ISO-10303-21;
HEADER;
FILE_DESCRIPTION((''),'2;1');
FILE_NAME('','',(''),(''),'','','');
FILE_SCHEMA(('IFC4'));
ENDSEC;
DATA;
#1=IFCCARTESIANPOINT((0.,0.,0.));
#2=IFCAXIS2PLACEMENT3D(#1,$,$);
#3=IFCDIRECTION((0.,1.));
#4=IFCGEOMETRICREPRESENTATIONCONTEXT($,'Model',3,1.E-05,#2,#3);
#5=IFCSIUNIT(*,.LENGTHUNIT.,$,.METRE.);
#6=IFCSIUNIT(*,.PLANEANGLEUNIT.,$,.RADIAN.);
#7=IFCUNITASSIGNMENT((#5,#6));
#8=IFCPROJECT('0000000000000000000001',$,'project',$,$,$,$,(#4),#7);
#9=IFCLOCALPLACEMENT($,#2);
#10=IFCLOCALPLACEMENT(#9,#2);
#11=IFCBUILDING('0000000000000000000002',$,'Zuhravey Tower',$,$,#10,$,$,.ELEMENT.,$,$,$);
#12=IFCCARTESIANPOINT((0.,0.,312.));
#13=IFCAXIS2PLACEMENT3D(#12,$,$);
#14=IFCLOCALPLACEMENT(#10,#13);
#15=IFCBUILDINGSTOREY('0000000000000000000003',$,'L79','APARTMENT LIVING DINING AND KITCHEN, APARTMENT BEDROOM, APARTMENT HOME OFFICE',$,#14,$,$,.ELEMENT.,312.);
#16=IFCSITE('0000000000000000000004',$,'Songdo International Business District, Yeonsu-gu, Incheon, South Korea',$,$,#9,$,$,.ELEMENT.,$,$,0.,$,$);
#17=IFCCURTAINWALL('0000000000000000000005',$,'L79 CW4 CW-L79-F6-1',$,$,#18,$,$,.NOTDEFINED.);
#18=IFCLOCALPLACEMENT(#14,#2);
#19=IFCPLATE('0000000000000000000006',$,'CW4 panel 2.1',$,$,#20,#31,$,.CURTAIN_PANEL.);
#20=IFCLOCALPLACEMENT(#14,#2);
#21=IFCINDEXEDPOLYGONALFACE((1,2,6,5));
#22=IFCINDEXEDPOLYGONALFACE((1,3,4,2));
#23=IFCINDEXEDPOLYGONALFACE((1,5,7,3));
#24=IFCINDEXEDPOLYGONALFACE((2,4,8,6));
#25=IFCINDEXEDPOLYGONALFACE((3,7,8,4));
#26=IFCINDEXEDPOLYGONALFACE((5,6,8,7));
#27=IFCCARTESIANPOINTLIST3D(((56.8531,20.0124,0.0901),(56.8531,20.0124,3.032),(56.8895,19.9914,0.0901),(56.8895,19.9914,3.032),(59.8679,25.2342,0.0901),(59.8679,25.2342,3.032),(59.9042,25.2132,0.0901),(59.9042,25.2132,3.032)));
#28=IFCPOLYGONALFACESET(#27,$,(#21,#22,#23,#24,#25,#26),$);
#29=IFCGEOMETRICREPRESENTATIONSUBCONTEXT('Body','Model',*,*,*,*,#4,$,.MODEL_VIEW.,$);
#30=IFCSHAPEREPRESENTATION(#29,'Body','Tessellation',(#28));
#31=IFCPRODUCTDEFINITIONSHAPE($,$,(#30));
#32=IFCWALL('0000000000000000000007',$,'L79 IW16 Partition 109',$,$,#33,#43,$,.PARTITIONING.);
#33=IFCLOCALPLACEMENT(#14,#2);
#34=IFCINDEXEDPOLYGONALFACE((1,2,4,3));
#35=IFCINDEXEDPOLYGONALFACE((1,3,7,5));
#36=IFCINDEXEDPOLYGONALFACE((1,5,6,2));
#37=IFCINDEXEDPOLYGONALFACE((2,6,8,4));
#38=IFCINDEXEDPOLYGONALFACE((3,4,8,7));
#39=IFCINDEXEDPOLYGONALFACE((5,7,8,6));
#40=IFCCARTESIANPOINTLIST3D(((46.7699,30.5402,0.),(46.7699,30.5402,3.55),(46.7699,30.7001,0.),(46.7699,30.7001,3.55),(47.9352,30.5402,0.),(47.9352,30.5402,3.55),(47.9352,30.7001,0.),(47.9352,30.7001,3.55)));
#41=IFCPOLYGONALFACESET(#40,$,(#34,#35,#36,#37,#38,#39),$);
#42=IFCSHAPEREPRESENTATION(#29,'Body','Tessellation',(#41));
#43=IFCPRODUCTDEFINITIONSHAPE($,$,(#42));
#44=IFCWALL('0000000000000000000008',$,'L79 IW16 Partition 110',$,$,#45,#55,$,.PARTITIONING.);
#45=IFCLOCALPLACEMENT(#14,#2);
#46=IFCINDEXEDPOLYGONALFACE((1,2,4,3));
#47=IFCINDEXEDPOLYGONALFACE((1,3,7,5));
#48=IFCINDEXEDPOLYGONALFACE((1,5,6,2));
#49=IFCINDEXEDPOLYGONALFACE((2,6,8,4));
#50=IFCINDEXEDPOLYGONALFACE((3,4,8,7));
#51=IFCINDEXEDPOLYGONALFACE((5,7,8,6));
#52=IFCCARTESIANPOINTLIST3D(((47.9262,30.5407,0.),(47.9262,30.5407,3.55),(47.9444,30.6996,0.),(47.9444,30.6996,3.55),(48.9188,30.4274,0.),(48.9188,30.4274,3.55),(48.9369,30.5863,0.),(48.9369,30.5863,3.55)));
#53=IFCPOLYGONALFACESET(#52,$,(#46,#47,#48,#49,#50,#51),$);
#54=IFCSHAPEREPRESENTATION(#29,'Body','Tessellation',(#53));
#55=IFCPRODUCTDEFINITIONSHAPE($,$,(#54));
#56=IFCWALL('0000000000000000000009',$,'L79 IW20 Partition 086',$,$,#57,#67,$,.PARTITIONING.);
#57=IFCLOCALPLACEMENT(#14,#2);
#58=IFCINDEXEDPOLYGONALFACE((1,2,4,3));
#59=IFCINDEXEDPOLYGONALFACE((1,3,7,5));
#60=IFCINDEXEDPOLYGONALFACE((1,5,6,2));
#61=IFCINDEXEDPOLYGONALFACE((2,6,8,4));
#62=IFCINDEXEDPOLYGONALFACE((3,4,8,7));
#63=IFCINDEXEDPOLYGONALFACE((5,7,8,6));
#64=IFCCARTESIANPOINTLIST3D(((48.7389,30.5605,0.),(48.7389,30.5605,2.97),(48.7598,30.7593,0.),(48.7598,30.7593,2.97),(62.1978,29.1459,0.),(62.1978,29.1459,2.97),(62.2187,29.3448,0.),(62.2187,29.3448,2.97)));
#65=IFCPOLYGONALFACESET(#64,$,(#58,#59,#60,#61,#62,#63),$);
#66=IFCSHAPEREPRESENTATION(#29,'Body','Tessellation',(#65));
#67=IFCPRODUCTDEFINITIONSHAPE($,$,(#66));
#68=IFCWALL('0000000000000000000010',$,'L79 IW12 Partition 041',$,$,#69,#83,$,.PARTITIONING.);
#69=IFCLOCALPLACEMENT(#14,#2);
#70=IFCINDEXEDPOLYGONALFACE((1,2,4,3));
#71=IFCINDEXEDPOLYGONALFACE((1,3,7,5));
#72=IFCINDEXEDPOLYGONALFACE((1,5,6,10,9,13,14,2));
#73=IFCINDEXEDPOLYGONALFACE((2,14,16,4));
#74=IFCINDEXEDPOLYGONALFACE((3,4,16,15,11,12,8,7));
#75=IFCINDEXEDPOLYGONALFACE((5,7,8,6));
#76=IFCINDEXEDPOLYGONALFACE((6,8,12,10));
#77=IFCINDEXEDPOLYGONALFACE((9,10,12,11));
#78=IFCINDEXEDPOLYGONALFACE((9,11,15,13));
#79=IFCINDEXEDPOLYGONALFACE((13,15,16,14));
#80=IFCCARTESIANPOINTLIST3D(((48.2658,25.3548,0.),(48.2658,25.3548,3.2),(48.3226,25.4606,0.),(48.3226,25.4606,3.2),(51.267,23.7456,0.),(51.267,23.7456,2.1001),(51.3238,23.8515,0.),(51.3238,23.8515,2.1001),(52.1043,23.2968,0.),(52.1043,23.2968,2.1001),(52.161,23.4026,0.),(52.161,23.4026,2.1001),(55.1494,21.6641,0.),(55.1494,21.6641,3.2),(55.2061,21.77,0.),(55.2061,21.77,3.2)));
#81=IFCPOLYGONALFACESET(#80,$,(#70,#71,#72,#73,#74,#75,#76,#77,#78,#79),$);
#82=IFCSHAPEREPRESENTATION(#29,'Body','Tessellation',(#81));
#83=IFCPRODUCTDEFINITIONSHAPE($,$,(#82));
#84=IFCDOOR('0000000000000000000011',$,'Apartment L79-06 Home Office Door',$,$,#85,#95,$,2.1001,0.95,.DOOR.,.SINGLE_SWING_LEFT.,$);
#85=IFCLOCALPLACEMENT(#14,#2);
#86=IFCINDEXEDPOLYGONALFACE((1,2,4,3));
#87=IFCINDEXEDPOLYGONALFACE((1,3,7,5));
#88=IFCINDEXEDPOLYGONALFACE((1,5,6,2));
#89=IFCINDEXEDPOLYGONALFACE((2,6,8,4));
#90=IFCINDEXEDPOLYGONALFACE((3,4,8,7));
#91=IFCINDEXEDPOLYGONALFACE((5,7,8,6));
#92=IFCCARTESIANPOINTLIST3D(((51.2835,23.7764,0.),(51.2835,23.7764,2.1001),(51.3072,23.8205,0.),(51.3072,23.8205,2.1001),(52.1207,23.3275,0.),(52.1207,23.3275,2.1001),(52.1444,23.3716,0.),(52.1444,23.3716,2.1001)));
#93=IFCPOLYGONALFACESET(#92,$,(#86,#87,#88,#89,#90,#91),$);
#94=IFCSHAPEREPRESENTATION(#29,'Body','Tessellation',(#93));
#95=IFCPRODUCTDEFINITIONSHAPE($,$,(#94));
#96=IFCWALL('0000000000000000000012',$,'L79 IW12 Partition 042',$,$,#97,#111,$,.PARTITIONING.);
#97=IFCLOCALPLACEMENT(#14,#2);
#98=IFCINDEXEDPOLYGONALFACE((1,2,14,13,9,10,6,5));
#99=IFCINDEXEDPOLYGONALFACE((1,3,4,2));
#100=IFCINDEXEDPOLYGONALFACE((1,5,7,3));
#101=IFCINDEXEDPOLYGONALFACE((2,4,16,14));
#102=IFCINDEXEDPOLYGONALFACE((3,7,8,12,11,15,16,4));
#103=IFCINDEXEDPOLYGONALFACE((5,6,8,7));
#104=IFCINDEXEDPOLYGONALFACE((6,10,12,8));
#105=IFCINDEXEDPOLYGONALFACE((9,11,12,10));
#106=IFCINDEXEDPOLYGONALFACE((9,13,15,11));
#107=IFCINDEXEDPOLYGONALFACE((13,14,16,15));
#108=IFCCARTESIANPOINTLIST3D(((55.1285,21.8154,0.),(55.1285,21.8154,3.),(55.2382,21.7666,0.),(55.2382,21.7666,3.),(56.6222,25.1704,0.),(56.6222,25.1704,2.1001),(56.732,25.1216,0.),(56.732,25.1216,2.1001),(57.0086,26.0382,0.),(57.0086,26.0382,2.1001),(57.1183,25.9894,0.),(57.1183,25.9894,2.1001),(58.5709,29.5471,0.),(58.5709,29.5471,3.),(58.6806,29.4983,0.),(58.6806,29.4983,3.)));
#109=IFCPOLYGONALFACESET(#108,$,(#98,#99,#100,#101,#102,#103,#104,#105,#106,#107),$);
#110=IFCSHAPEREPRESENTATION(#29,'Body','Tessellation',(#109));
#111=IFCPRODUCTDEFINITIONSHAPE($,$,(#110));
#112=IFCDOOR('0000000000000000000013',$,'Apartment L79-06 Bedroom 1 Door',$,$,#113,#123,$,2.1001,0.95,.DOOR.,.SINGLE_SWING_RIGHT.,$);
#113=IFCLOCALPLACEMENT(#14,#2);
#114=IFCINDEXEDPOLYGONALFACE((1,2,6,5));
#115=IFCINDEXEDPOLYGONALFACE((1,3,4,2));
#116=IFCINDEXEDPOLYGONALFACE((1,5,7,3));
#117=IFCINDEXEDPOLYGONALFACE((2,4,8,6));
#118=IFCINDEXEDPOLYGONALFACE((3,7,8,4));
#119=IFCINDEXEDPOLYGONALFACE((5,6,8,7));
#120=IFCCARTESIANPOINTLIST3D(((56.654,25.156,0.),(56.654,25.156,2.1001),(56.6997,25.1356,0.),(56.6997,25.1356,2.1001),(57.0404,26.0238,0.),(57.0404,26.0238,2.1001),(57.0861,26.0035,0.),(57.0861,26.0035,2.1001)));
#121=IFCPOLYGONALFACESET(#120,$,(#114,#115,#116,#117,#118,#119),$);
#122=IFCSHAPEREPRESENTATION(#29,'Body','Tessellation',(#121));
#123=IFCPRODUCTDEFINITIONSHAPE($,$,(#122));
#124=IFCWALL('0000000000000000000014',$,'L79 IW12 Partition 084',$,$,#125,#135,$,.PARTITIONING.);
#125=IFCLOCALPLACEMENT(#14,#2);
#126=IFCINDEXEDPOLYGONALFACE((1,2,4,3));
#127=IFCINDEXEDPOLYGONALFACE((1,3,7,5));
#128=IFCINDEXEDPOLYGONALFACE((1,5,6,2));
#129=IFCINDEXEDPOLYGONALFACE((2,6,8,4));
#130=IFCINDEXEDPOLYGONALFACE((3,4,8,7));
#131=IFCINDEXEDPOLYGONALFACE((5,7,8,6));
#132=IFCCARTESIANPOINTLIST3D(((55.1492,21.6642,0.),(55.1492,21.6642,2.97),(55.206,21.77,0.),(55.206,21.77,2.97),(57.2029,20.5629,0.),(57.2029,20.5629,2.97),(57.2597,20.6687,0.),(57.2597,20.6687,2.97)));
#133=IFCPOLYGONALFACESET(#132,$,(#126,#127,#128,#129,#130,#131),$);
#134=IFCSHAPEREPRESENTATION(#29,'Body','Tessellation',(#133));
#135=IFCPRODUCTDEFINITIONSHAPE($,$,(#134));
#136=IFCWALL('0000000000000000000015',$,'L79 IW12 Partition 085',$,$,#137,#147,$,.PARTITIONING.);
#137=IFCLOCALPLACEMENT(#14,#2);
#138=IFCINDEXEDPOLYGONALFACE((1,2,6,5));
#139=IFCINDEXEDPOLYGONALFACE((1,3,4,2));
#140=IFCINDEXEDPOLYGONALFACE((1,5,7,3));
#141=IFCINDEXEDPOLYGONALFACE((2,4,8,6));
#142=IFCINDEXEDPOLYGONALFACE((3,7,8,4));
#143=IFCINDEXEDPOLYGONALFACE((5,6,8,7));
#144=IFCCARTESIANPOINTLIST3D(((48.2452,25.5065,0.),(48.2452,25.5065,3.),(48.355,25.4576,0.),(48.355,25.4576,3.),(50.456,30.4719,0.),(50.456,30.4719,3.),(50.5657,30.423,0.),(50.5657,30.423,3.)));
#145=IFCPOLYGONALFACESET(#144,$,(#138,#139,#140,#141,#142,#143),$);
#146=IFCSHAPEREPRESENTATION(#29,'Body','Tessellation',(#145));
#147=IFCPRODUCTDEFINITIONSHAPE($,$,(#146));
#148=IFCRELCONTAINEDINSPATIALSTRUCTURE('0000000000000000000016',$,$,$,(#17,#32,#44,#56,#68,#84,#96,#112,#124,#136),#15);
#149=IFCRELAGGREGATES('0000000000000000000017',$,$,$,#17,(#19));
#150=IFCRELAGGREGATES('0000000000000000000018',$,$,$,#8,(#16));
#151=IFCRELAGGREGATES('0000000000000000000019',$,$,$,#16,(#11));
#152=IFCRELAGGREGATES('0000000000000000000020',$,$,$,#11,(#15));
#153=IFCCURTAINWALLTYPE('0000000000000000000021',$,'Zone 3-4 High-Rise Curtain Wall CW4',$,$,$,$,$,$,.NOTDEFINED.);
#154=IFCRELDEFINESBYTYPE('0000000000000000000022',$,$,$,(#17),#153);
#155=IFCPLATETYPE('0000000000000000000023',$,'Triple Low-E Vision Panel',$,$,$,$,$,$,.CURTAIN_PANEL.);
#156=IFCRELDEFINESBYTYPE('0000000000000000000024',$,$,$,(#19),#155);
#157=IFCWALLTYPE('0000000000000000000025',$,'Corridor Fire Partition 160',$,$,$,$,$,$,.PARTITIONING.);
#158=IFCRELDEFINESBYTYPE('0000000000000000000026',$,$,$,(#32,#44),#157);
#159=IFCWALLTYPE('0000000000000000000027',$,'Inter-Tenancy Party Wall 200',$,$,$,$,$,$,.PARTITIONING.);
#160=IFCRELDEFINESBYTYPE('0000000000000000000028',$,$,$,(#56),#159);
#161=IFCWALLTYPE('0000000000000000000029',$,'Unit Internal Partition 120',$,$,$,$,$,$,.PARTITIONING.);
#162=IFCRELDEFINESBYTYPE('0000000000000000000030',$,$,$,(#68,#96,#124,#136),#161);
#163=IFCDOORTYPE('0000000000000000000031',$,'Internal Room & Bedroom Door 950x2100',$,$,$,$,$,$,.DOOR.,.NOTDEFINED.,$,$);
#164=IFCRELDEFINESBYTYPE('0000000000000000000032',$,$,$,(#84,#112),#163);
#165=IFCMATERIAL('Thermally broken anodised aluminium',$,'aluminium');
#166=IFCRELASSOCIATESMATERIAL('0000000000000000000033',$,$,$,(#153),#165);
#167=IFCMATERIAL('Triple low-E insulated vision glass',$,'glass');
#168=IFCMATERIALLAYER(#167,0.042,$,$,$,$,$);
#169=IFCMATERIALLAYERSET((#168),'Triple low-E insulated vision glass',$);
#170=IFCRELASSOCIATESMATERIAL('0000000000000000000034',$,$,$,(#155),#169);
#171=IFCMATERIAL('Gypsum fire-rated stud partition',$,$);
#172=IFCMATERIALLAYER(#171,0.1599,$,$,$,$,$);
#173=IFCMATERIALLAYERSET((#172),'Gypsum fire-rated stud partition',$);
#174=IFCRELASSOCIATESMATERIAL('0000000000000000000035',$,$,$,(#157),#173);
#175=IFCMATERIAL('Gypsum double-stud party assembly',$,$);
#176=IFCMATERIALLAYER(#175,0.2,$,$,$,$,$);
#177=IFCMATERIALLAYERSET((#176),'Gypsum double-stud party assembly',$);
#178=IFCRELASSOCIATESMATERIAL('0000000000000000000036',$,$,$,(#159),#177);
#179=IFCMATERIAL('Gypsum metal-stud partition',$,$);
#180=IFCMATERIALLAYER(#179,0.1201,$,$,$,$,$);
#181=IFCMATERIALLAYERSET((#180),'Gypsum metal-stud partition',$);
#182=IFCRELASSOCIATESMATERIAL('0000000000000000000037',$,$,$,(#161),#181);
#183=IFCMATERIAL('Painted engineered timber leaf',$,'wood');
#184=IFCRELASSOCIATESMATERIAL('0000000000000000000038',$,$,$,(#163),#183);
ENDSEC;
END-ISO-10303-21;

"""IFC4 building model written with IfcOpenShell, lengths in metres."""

from ifc_helpers import new_model, si_unit, direction, frame, frame_2d, origin, origin_2d, place, context, subcontext, project, spatial, rectangle, extrude, material, layer, layer_set, type_object, element, fill, aggregate, save


model = new_model("IFC4")

# Units and contexts
model_context = context("Model", 3, precision=1e-05, world=origin(), true_north=direction((0.0, 1.0)))
body_context = subcontext(model_context, "Body", "Model", "MODEL_VIEW")
ifc_project = project(units=[si_unit("LENGTHUNIT", "METRE"), si_unit("PLANEANGLEUNIT", "RADIAN")], contexts=[model_context])

# Site, building, storey
site_placement = place(None, origin())
site = spatial("IfcSite", under=ifc_project, at=site_placement, Name="Songdo International Business District, Yeonsu-gu, Incheon, South Korea", CompositionType="ELEMENT", RefElevation=0.0)
building_placement = place(site_placement, origin())
building = spatial("IfcBuilding", under=site, at=building_placement, Name="Zuhravey Tower", CompositionType="ELEMENT")
storey_placement = place(building_placement, frame((0.0, 0.0, 312.0)))
storey = spatial("IfcBuildingStorey", under=building, at=storey_placement, Name="L79", Description="APARTMENT LIVING DINING AND KITCHEN, APARTMENT BEDROOM, APARTMENT HOME OFFICE", CompositionType="ELEMENT", Elevation=312.0)

# Curtain wall
ifc_material_1 = material(Name="Thermally broken anodised aluminium", Category="aluminium")
curtain_wall_type = type_object("IfcCurtainWallType", Name="Zone 3-4 High-Rise Curtain Wall CW4", PredefinedType="NOTDEFINED", material=ifc_material_1)
curtain_wall_placement = place(storey_placement, origin())
curtain_wall = element("IfcCurtainWall", 1, at=curtain_wall_placement, inside=storey, type_object=curtain_wall_type, Name="L79 CW4 CW-L79-F6-1", PredefinedType="NOTDEFINED")

# Plate
ifc_material_2 = material(Name="Triple low-E insulated vision glass", Category="glass")
ifc_layer_1 = layer(ifc_material_2, 0.042)
ifc_layer_set_1 = layer_set([ifc_layer_1], Name="Triple low-E insulated vision glass")
plate_type = type_object("IfcPlateType", Name="Triple Low-E Vision Panel", PredefinedType="CURTAIN_PANEL", material=ifc_layer_set_1)
plate_1_placement = place(storey_placement, frame((58.3787, 22.6128, 0.0901), z_axis=(0.0, 0.0, 1.0), x_axis=(-0.5, -0.866026, 0.0)))
plate_1 = element("IfcPlate", 2, at=plate_1_placement, type_object=plate_type, Name="CW4 panel 2.1", PredefinedType="CURTAIN_PANEL", context=body_context, shape_type="SweptSolid", body=[
    extrude(rectangle(XDim=6.0295, YDim=0.042, at=origin_2d()), origin(), (0.0, 0.0, 1.0), 2.9419),
])
aggregate(curtain_wall, [plate_1])

# Shared definitions
ifc_material_3 = material(Name="Gypsum fire-rated stud partition")
ifc_layer_2 = layer(ifc_material_3, 0.1599)
ifc_layer_set_2 = layer_set([ifc_layer_2], Name="Gypsum fire-rated stud partition")
wall_type_1 = type_object("IfcWallType", Name="Corridor Fire Partition 160", PredefinedType="PARTITIONING", material=ifc_layer_set_2)

# Walls
wall_1_placement = place(storey_placement, frame((46.77, 30.6201, 0.0), z_axis=(0.0, 0.0, 1.0), x_axis=(1.0, 0.0, 0.0)))
element("IfcWall", 3, at=wall_1_placement, inside=storey, type_object=wall_type_1, Name="L79 IW16 Partition 109", PredefinedType="PARTITIONING", context=body_context, shape_type="SweptSolid", body=[
    extrude(rectangle(XDim=1.1653, YDim=0.1599, at=frame_2d((0.5825, 0.0))), origin(), (0.0, 0.0, 1.0), 3.55),
])
wall_2_placement = place(storey_placement, frame((47.9353, 30.6201, 0.0), z_axis=(0.0, 0.0, 1.0), x_axis=(0.993552, -0.113381, 0.0)))
element("IfcWall", 4, at=wall_2_placement, inside=storey, type_object=wall_type_1, Name="L79 IW16 Partition 110", PredefinedType="PARTITIONING", context=body_context, shape_type="SweptSolid", body=[
    extrude(rectangle(XDim=0.999, YDim=0.1599, at=frame_2d((0.4995, 0.0))), origin(), (0.0, 0.0, 1.0), 3.55),
])
ifc_material_4 = material(Name="Gypsum double-stud party assembly")
ifc_layer_3 = layer(ifc_material_4, 0.2)
ifc_layer_set_3 = layer_set([ifc_layer_3], Name="Gypsum double-stud party assembly")
wall_type_2 = type_object("IfcWallType", Name="Inter-Tenancy Party Wall 200", PredefinedType="PARTITIONING", material=ifc_layer_set_3)
wall_3_placement = place(storey_placement, frame((48.7493, 30.6599, 0.0), z_axis=(0.0, 0.0, 1.0), x_axis=(0.994522, -0.104527, 0.0)))
element("IfcWall", 5, at=wall_3_placement, inside=storey, type_object=wall_type_2, Name="L79 IW20 Partition 086", PredefinedType="PARTITIONING", context=body_context, shape_type="SweptSolid", body=[
    extrude(rectangle(XDim=13.533, YDim=0.2, at=frame_2d((6.7666, 0.0))), origin(), (0.0, 0.0, 1.0), 2.97),
])

# Walls, openings, doors
ifc_material_5 = material(Name="Gypsum metal-stud partition")
ifc_layer_4 = layer(ifc_material_5, 0.1201)
ifc_layer_set_4 = layer_set([ifc_layer_4], Name="Gypsum metal-stud partition")
wall_type_3 = type_object("IfcWallType", Name="Unit Internal Partition 120", PredefinedType="PARTITIONING", material=ifc_layer_set_4)
wall_4_placement = place(storey_placement, frame((48.2942, 25.4077, 0.0), z_axis=(0.0, 0.0, 1.0), x_axis=(0.881317, -0.472526, 0.0)))
wall_4 = element("IfcWall", 6, at=wall_4_placement, inside=storey, type_object=wall_type_3, Name="L79 IW12 Partition 041", PredefinedType="PARTITIONING", context=body_context, shape_type="SweptSolid", body=[
    extrude(rectangle(XDim=7.8105, YDim=0.1201, at=frame_2d((3.9053, 0.0))), origin(), (0.0, 0.0, 1.0), 3.2),
])
opening_1_placement = place(wall_4_placement, frame((3.4053, 0.0, 0.0)))
opening_1 = element("IfcOpeningElement", 7, at=opening_1_placement, cuts=wall_4, PredefinedType="OPENING", context=body_context, shape_type="SweptSolid", body=[
    extrude(rectangle(XDim=0.95, YDim=2.1001, at=frame_2d((0.4751, 1.05))), frame((0.0, 0.072, 0.0), z_axis=(0.0, -1.0, 0.0), x_axis=(1.0, 0.0, 0.0)), (0.0, 0.0, 1.0), 0.144),
])
ifc_material_6 = material(Name="Painted engineered timber leaf", Category="wood")
door_type_1 = type_object("IfcDoorType", Name="Internal Room & Bedroom Door 950x2100", OperationType="NOTDEFINED", PredefinedType="DOOR", material=ifc_material_6)
door_1_placement = place(opening_1_placement, origin())
door_1 = element("IfcDoor", 8, at=door_1_placement, inside=storey, type_object=door_type_1, Name="Apartment L79-06 Home Office Door", OperationType="SINGLE_SWING_LEFT", OverallHeight=2.1001, OverallWidth=0.95, PredefinedType="DOOR", context=body_context, shape_type="SweptSolid", body=[
    extrude(rectangle(XDim=0.95, YDim=2.1001, at=frame_2d((0.4751, 1.05))), frame((0.0, 0.0249, 0.0), z_axis=(0.0, -1.0, 0.0), x_axis=(1.0, 0.0, 0.0)), (0.0, 0.0, 1.0), 0.05),
])
fill(opening_1, door_1)
wall_5_placement = place(storey_placement, frame((55.1833, 21.791, 0.0), z_axis=(0.0, 0.0, 1.0), x_axis=(0.406738, 0.913545, 0.0)))
wall_5 = element("IfcWall", 9, at=wall_5_placement, inside=storey, type_object=wall_type_3, Name="L79 IW12 Partition 042", PredefinedType="PARTITIONING", context=body_context, shape_type="SweptSolid", body=[
    extrude(rectangle(XDim=8.4634, YDim=0.1201, at=frame_2d((4.2317, 0.0))), origin(), (0.0, 0.0, 1.0), 3.0),
])
opening_2_placement = place(wall_5_placement, frame((3.6724, 0.0, 0.0)))
opening_2 = element("IfcOpeningElement", 10, at=opening_2_placement, cuts=wall_5, PredefinedType="OPENING", context=body_context, shape_type="SweptSolid", body=[
    extrude(rectangle(XDim=0.95, YDim=2.1001, at=frame_2d((0.4751, 1.05))), frame((0.0, 0.072, 0.0), z_axis=(0.0, -1.0, 0.0), x_axis=(1.0, 0.0, 0.0)), (0.0, 0.0, 1.0), 0.144),
])
door_2_placement = place(opening_2_placement, frame((0.95, 0.0, 0.0), z_axis=(0.0, 0.0, 1.0), x_axis=(-1.0, 0.0, 0.0)))
door_2 = element("IfcDoor", 11, at=door_2_placement, inside=storey, type_object=door_type_1, Name="Apartment L79-06 Bedroom 1 Door", OperationType="SINGLE_SWING_RIGHT", OverallHeight=2.1001, OverallWidth=0.95, PredefinedType="DOOR", context=body_context, shape_type="SweptSolid", body=[
    extrude(rectangle(XDim=0.95, YDim=2.1001, at=frame_2d((0.4751, 1.05))), frame((0.0, 0.0249, 0.0), z_axis=(0.0, -1.0, 0.0), x_axis=(1.0, 0.0, 0.0)), (0.0, 0.0, 1.0), 0.05),
])
fill(opening_2, door_2)

# Walls
wall_6_placement = place(storey_placement, frame((55.1777, 21.717, 0.0), z_axis=(0.0, 0.0, 1.0), x_axis=(0.881281, -0.472593, 0.0)))
element("IfcWall", 12, at=wall_6_placement, inside=storey, type_object=wall_type_3, Name="L79 IW12 Partition 084", PredefinedType="PARTITIONING", context=body_context, shape_type="SweptSolid", body=[
    extrude(rectangle(XDim=2.3303, YDim=0.1201, at=frame_2d((1.165, 0.0))), origin(), (0.0, 0.0, 1.0), 2.97),
])
wall_7_placement = place(storey_placement, frame((48.3, 25.4819, 0.0), z_axis=(0.0, 0.0, 1.0), x_axis=(0.406734, 0.913546, 0.0)))
element("IfcWall", 13, at=wall_7_placement, inside=storey, type_object=wall_type_3, Name="L79 IW12 Partition 085", PredefinedType="PARTITIONING", context=body_context, shape_type="SweptSolid", body=[
    extrude(rectangle(XDim=5.4353, YDim=0.1201, at=frame_2d((2.7178, 0.0))), origin(), (0.0, 0.0, 1.0), 3.0),
])

save(model, "model.ifc")
